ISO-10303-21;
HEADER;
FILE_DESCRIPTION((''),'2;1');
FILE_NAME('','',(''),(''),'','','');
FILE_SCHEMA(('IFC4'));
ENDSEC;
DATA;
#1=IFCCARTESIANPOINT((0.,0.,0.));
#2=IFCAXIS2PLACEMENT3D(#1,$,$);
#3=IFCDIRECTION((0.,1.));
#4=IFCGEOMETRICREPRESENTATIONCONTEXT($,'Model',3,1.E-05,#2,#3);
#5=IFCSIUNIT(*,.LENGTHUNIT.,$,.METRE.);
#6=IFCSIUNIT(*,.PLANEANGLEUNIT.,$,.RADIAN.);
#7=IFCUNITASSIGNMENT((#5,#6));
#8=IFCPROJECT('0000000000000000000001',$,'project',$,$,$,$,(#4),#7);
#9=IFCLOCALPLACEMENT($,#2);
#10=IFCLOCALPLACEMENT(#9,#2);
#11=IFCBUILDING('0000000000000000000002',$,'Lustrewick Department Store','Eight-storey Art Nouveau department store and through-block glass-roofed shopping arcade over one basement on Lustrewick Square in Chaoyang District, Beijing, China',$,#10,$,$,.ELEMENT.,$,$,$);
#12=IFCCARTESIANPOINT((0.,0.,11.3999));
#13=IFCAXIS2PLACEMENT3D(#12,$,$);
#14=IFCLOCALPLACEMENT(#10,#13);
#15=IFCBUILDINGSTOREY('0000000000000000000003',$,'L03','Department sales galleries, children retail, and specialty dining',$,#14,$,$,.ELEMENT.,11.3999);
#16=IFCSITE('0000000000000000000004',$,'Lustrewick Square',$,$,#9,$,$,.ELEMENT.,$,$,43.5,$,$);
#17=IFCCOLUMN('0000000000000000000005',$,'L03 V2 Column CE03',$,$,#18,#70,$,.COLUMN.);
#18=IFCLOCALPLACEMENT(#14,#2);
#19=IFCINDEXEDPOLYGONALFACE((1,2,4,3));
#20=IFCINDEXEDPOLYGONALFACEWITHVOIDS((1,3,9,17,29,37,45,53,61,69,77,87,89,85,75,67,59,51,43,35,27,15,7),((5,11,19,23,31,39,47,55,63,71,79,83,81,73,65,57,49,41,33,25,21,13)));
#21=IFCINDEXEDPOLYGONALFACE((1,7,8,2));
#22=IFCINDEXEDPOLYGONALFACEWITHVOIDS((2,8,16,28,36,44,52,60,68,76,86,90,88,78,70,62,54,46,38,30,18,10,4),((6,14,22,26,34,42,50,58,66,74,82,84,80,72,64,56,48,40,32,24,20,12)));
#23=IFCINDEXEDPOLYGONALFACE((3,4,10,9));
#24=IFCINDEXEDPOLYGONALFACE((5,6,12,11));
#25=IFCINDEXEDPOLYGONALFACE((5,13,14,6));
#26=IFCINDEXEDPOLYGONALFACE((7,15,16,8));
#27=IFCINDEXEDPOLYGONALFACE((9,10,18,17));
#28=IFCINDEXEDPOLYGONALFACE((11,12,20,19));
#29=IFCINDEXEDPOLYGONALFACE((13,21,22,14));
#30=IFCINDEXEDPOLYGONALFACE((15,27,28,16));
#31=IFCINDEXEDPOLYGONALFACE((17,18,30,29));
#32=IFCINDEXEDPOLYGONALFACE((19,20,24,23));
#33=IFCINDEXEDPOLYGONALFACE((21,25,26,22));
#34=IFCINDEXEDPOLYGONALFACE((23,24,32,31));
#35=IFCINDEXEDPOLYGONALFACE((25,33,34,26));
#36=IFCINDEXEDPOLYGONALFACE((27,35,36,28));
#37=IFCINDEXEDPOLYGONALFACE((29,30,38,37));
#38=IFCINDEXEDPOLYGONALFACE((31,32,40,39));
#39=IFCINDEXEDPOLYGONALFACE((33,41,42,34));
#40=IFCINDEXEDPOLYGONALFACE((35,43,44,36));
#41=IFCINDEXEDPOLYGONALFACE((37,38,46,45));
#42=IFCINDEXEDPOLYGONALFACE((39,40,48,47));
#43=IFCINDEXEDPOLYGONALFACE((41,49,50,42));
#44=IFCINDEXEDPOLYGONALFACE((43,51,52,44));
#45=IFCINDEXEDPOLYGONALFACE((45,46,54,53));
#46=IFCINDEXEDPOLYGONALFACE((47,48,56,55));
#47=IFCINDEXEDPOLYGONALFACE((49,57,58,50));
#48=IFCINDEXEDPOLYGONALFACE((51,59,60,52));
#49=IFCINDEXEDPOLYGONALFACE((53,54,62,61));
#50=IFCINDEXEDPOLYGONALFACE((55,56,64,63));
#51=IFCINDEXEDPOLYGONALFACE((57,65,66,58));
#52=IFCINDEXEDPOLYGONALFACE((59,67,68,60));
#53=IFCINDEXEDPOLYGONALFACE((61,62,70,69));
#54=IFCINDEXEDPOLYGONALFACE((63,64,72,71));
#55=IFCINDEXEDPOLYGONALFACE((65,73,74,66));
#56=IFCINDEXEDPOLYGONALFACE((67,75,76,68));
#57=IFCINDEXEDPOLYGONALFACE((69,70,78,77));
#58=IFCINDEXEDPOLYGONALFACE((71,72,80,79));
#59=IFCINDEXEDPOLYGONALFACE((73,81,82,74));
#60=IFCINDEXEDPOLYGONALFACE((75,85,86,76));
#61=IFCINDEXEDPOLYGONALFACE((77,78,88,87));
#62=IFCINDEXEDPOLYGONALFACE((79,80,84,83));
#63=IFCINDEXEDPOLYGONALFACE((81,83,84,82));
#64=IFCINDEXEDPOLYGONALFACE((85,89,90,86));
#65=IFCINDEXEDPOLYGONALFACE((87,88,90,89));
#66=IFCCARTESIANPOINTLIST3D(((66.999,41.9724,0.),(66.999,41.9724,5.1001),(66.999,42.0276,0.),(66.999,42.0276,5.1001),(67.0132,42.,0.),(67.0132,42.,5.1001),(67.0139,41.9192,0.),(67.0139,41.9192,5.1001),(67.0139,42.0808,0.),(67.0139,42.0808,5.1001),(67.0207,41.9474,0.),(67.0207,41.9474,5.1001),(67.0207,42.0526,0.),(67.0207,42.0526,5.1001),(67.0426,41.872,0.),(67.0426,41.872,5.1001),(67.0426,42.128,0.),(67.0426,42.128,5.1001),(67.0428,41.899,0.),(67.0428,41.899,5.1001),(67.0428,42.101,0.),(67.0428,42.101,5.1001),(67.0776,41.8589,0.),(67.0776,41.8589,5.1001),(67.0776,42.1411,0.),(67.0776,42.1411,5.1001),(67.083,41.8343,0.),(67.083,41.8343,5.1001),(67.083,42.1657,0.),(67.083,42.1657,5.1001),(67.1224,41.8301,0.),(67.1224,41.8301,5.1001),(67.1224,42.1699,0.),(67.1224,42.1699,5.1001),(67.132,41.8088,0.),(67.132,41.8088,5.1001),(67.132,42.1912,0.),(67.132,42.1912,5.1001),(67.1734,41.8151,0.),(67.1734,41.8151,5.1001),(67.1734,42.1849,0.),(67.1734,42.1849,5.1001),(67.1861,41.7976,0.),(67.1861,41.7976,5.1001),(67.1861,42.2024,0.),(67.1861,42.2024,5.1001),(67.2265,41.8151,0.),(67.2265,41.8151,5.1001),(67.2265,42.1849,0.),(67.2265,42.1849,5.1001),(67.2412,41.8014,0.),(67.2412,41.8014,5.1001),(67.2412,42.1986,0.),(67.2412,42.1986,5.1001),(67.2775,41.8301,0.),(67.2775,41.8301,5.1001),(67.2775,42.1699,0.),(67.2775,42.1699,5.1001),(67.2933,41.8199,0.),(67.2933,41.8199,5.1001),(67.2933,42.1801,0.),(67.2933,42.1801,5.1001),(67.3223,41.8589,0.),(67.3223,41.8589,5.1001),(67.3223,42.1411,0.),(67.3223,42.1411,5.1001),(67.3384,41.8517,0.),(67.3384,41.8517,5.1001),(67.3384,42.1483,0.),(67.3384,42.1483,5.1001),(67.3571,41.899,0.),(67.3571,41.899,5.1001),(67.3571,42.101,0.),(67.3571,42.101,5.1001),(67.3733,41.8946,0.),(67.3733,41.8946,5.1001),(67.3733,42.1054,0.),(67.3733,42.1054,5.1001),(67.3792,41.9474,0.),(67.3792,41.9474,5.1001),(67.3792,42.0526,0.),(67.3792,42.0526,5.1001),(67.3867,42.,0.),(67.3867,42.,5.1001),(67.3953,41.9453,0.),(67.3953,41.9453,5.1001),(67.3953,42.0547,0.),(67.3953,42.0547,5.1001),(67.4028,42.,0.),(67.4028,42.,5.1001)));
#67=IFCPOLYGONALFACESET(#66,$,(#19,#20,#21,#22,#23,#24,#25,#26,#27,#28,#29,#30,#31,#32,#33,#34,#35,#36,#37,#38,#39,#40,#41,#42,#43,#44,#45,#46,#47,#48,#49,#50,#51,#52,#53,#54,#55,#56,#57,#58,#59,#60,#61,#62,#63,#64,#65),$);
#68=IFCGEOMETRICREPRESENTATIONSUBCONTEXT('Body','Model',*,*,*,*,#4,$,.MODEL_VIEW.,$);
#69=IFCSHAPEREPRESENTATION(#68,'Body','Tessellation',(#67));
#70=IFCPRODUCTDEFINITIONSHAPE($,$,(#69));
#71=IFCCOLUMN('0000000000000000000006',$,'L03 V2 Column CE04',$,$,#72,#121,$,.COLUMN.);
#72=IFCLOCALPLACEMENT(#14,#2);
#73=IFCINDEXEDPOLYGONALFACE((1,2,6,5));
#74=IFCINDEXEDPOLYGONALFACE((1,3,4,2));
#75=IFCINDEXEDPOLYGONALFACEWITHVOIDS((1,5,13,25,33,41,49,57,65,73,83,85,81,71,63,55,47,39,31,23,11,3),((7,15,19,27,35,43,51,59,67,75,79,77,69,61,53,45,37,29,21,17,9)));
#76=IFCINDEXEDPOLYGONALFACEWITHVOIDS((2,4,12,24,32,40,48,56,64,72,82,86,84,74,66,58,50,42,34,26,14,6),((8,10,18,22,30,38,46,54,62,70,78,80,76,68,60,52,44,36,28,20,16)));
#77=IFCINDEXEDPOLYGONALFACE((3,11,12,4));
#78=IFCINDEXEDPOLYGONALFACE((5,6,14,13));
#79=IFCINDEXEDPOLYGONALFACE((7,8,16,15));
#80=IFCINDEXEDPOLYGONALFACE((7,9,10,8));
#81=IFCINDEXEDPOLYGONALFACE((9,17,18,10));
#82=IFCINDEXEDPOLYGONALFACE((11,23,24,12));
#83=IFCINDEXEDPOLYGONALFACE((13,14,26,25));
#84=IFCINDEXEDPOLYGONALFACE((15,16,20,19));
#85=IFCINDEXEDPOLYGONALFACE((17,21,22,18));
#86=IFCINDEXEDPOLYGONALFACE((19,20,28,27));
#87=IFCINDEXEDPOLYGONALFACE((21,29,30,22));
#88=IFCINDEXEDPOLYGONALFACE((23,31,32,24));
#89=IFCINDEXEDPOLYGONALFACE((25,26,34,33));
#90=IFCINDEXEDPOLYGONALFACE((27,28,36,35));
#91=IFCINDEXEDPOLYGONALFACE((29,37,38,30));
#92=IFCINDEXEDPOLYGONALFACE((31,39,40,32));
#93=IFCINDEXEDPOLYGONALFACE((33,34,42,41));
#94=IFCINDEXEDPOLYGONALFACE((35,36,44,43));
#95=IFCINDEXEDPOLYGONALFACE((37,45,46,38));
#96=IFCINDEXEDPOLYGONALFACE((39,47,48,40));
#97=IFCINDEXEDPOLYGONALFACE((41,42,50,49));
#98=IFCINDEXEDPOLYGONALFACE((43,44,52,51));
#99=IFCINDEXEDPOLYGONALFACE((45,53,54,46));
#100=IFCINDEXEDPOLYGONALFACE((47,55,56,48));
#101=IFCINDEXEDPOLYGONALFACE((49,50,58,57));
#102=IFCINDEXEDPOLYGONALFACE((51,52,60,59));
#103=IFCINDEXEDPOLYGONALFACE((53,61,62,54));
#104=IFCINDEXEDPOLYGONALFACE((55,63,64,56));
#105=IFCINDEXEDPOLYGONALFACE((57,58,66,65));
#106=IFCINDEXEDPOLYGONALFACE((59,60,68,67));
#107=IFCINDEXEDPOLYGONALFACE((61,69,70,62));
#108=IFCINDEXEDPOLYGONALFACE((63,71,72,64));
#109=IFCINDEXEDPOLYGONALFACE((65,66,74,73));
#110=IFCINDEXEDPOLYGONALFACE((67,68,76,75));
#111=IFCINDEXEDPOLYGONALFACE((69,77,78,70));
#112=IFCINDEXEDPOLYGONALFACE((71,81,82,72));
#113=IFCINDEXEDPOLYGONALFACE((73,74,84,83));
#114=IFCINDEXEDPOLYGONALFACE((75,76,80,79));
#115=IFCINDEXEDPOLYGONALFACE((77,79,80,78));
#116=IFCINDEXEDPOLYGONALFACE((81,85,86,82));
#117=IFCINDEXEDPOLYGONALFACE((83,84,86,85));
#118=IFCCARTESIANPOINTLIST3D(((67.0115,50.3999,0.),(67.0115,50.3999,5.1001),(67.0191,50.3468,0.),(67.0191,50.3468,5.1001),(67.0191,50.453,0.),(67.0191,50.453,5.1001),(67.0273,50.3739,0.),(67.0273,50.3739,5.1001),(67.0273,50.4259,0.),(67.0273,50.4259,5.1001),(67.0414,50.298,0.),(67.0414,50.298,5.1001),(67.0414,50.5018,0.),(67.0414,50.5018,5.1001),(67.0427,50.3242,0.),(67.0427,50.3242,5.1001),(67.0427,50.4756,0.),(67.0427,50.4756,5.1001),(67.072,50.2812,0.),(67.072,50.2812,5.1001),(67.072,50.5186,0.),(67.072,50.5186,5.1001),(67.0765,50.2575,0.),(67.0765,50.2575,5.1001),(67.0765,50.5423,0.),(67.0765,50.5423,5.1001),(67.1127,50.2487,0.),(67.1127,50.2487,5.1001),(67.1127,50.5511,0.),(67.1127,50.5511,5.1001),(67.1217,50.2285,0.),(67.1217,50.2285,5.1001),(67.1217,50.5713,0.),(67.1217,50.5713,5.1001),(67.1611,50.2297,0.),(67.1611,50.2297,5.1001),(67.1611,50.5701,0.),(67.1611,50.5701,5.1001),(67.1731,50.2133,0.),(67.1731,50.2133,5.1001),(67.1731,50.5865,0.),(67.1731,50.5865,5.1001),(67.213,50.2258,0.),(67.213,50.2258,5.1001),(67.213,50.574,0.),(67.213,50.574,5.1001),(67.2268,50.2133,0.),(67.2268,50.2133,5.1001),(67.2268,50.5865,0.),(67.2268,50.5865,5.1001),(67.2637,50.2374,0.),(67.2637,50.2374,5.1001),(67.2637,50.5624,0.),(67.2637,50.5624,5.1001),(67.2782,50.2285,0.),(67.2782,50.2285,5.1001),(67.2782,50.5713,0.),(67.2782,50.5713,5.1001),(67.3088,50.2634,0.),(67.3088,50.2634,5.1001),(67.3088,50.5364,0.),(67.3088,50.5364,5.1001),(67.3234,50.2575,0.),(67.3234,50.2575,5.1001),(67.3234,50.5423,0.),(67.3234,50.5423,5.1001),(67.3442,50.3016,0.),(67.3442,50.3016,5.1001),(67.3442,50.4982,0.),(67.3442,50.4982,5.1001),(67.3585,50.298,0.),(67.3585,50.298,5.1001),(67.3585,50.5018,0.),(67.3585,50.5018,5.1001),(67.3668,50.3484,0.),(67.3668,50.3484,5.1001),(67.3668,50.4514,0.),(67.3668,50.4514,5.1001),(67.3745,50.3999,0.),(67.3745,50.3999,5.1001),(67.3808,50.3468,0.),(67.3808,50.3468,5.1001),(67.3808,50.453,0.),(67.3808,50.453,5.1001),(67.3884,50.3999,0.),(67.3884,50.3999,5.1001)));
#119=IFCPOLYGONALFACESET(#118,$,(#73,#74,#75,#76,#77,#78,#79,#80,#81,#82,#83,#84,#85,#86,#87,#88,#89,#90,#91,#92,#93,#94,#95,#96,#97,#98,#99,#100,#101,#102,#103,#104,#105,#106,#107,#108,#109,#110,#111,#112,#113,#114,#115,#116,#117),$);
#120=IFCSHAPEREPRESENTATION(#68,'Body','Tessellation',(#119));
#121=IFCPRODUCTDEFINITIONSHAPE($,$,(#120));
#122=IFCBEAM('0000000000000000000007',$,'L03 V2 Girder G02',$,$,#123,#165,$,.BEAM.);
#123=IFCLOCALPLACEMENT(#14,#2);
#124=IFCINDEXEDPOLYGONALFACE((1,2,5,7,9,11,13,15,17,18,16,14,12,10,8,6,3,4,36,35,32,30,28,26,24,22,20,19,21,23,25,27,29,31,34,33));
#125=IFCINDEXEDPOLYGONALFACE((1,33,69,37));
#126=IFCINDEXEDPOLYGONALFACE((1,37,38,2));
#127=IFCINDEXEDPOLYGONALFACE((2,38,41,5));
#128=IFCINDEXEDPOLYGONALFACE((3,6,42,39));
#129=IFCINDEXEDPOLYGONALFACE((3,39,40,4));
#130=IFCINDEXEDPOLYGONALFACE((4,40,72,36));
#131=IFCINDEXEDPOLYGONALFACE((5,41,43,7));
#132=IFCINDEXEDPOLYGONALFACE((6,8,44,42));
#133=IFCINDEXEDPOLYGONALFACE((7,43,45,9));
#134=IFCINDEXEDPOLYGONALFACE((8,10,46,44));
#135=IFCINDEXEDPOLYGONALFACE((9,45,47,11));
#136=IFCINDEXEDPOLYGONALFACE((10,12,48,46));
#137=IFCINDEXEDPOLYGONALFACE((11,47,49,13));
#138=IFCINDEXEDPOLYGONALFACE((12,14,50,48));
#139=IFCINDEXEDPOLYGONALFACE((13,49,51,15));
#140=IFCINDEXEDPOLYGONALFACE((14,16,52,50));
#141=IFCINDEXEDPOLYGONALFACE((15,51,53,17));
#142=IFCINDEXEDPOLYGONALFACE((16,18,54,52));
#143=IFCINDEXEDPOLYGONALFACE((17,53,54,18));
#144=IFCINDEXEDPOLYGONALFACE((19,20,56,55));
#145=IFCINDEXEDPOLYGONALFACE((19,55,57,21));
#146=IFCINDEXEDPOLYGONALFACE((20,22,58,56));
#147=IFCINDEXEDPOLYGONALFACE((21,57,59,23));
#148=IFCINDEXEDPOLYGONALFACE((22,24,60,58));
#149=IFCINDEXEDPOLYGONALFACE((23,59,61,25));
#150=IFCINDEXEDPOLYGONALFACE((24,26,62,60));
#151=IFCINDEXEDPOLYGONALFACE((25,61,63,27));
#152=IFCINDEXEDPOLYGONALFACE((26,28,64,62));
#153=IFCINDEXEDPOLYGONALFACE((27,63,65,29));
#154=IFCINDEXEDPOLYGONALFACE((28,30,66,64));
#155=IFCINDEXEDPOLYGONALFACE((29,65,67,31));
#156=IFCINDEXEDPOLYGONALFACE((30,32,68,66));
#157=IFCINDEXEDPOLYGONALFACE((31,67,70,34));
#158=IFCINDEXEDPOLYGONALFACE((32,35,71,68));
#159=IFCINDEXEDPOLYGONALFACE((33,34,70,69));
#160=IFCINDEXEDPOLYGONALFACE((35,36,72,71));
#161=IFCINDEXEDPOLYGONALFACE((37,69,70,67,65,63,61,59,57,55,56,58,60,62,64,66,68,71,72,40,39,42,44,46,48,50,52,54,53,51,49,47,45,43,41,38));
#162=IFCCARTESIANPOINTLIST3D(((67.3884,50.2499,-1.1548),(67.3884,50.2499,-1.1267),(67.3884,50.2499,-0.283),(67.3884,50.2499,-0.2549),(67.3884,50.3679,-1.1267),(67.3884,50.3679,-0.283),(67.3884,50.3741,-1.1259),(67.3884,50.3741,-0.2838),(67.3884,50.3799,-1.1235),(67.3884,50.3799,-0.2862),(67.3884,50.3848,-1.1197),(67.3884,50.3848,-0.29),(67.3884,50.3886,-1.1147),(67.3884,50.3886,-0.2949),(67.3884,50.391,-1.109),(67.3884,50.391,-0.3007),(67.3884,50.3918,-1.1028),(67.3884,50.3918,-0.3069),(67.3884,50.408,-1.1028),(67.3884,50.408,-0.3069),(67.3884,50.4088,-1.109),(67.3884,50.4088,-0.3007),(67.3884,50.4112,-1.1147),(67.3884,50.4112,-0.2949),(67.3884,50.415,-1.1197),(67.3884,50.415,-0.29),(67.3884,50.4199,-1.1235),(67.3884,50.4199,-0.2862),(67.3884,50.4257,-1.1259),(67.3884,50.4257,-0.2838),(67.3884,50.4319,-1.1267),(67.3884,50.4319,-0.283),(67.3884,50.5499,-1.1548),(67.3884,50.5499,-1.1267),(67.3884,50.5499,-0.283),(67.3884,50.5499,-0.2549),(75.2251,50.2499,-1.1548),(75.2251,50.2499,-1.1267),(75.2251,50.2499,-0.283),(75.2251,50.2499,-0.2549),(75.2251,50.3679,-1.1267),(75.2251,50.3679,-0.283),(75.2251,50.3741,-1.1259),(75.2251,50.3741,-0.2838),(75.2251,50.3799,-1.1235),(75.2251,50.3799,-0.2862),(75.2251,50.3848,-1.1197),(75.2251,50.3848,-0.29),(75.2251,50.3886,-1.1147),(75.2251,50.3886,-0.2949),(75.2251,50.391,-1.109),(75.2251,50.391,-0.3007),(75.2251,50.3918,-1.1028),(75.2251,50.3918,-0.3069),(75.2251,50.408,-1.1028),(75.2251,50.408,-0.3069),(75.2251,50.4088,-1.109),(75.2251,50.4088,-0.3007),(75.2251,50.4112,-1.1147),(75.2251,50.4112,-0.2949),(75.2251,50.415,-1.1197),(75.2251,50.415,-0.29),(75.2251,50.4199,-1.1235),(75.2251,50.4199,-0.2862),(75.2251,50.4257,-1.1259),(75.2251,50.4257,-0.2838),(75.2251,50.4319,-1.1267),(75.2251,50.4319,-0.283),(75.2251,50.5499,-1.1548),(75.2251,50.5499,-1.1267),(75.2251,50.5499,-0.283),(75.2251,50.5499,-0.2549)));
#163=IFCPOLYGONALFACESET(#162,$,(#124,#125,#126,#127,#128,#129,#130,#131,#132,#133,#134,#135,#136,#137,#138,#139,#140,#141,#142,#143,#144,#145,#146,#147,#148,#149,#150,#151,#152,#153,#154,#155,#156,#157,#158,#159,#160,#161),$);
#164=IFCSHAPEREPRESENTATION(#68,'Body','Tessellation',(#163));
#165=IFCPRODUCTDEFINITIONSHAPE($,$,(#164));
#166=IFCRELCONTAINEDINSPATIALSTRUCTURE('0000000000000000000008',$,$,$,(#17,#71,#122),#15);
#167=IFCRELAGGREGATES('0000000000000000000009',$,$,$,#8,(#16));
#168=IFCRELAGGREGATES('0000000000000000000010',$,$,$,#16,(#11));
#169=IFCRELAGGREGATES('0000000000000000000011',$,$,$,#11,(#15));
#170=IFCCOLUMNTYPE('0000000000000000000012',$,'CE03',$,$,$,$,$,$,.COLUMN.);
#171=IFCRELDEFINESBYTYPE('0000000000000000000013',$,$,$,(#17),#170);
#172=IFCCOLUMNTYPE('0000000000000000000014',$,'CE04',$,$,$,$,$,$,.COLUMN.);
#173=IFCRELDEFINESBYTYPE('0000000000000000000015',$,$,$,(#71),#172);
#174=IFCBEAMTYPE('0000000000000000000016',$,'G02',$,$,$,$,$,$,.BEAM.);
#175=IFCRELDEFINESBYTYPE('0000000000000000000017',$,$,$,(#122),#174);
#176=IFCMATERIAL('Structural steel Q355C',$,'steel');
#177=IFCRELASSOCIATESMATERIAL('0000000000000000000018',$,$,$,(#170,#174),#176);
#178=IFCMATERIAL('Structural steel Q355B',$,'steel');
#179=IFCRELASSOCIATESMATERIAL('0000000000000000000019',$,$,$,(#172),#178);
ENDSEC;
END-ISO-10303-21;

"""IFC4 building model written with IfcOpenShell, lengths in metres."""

from ifc_helpers import new_model, si_unit, direction, frame, origin, origin_2d, place, context, subcontext, project, spatial, hollow_circle, i_section, extrude, material, material_profile, profile_set, type_object, element, save


model = new_model("IFC4")

# Units and contexts
model_context = context("Model", 3, precision=1e-05, world=origin(), true_north=direction((0.0, 1.0)))
body_context = subcontext(model_context, "Body", "Model", "MODEL_VIEW")
ifc_project = project(units=[si_unit("LENGTHUNIT", "METRE"), si_unit("PLANEANGLEUNIT", "RADIAN")], contexts=[model_context])

# Site, building, storey
site_placement = place(None, origin())
site = spatial("IfcSite", under=ifc_project, at=site_placement, Name="Lustrewick Square", CompositionType="ELEMENT", RefElevation=43.5)
building_placement = place(site_placement, origin())
building = spatial("IfcBuilding", under=site, at=building_placement, Name="Lustrewick Department Store", Description="Eight-storey Art Nouveau department store and through-block glass-roofed shopping arcade over one basement on Lustrewick Square in Chaoyang District, Beijing, China", CompositionType="ELEMENT")
storey_placement = place(building_placement, frame((0.0, 0.0, 11.3999)))
storey = spatial("IfcBuildingStorey", under=building, at=storey_placement, Name="L03", Description="Department sales galleries, children retail, and specialty dining", CompositionType="ELEMENT", Elevation=11.3999)

# Columns
ifc_material_1 = material(Name="Structural steel Q355C", Category="steel")
ifc_material_profile_1 = material_profile(ifc_material_1, hollow_circle(Radius=0.2029, WallThickness=0.0161, at=origin_2d()), Name="CHS 406x16")
ifc_profile_set_1 = profile_set([ifc_material_profile_1], Name="Structural steel Q355C")
column_type_1 = type_object("IfcColumnType", Name="CE03", PredefinedType="COLUMN", material=ifc_profile_set_1)
column_1_placement = place(storey_placement, frame((67.2, 42.0, 0.0), z_axis=(0.0, 0.0, 1.0), x_axis=(1.0, 0.0, 0.0)))
element("IfcColumn", 1, at=column_1_placement, inside=storey, type_object=column_type_1, Name="L03 V2 Column CE03", PredefinedType="COLUMN", context=body_context, shape_type="SweptSolid", body=[
    extrude(hollow_circle(Radius=0.2029, WallThickness=0.0161, at=origin_2d()), origin(), (0.0, 0.0, 1.0), 5.1001),
])
ifc_material_2 = material(Name="Structural steel Q355B", Category="steel")
ifc_material_profile_2 = material_profile(ifc_material_2, hollow_circle(Radius=0.1885, WallThickness=0.0139, at=origin_2d()), Name="CHS 377x14")
ifc_profile_set_2 = profile_set([ifc_material_profile_2], Name="Structural steel Q355B")
column_type_2 = type_object("IfcColumnType", Name="CE04", PredefinedType="COLUMN", material=ifc_profile_set_2)
column_2_placement = place(storey_placement, frame((67.2, 50.3999, 0.0), z_axis=(0.0, 0.0, 1.0), x_axis=(1.0, 0.0, 0.0)))
element("IfcColumn", 2, at=column_2_placement, inside=storey, type_object=column_type_2, Name="L03 V2 Column CE04", PredefinedType="COLUMN", context=body_context, shape_type="SweptSolid", body=[
    extrude(hollow_circle(Radius=0.1885, WallThickness=0.0139, at=origin_2d()), origin(), (0.0, 0.0, 1.0), 5.1001),
])

# Beam
ifc_material_profile_3 = material_profile(ifc_material_1, i_section(OverallWidth=0.3, OverallDepth=0.8999, WebThickness=0.0161, FlangeThickness=0.0281, FilletRadius=0.0239, at=origin_2d()), Name="HN 900x300x16x28")
ifc_profile_set_3 = profile_set([ifc_material_profile_3], Name="Structural steel Q355C")
beam_type_1 = type_object("IfcBeamType", Name="G02", PredefinedType="BEAM", material=ifc_profile_set_3)
beam_1_placement = place(storey_placement, frame((67.3884, 50.3999, -0.7048), z_axis=(1.0, 0.0, 0.0), x_axis=(0.0, 1.0, 0.0)))
element("IfcBeam", 3, at=beam_1_placement, inside=storey, type_object=beam_type_1, Name="L03 V2 Girder G02", PredefinedType="BEAM", context=body_context, shape_type="SweptSolid", body=[
    extrude(i_section(OverallWidth=0.3, OverallDepth=0.8999, WebThickness=0.0161, FlangeThickness=0.0281, FilletRadius=0.0239, at=origin_2d()), origin(), (0.0, 0.0, 1.0), 7.8367),
])

save(model, "model.ifc")
